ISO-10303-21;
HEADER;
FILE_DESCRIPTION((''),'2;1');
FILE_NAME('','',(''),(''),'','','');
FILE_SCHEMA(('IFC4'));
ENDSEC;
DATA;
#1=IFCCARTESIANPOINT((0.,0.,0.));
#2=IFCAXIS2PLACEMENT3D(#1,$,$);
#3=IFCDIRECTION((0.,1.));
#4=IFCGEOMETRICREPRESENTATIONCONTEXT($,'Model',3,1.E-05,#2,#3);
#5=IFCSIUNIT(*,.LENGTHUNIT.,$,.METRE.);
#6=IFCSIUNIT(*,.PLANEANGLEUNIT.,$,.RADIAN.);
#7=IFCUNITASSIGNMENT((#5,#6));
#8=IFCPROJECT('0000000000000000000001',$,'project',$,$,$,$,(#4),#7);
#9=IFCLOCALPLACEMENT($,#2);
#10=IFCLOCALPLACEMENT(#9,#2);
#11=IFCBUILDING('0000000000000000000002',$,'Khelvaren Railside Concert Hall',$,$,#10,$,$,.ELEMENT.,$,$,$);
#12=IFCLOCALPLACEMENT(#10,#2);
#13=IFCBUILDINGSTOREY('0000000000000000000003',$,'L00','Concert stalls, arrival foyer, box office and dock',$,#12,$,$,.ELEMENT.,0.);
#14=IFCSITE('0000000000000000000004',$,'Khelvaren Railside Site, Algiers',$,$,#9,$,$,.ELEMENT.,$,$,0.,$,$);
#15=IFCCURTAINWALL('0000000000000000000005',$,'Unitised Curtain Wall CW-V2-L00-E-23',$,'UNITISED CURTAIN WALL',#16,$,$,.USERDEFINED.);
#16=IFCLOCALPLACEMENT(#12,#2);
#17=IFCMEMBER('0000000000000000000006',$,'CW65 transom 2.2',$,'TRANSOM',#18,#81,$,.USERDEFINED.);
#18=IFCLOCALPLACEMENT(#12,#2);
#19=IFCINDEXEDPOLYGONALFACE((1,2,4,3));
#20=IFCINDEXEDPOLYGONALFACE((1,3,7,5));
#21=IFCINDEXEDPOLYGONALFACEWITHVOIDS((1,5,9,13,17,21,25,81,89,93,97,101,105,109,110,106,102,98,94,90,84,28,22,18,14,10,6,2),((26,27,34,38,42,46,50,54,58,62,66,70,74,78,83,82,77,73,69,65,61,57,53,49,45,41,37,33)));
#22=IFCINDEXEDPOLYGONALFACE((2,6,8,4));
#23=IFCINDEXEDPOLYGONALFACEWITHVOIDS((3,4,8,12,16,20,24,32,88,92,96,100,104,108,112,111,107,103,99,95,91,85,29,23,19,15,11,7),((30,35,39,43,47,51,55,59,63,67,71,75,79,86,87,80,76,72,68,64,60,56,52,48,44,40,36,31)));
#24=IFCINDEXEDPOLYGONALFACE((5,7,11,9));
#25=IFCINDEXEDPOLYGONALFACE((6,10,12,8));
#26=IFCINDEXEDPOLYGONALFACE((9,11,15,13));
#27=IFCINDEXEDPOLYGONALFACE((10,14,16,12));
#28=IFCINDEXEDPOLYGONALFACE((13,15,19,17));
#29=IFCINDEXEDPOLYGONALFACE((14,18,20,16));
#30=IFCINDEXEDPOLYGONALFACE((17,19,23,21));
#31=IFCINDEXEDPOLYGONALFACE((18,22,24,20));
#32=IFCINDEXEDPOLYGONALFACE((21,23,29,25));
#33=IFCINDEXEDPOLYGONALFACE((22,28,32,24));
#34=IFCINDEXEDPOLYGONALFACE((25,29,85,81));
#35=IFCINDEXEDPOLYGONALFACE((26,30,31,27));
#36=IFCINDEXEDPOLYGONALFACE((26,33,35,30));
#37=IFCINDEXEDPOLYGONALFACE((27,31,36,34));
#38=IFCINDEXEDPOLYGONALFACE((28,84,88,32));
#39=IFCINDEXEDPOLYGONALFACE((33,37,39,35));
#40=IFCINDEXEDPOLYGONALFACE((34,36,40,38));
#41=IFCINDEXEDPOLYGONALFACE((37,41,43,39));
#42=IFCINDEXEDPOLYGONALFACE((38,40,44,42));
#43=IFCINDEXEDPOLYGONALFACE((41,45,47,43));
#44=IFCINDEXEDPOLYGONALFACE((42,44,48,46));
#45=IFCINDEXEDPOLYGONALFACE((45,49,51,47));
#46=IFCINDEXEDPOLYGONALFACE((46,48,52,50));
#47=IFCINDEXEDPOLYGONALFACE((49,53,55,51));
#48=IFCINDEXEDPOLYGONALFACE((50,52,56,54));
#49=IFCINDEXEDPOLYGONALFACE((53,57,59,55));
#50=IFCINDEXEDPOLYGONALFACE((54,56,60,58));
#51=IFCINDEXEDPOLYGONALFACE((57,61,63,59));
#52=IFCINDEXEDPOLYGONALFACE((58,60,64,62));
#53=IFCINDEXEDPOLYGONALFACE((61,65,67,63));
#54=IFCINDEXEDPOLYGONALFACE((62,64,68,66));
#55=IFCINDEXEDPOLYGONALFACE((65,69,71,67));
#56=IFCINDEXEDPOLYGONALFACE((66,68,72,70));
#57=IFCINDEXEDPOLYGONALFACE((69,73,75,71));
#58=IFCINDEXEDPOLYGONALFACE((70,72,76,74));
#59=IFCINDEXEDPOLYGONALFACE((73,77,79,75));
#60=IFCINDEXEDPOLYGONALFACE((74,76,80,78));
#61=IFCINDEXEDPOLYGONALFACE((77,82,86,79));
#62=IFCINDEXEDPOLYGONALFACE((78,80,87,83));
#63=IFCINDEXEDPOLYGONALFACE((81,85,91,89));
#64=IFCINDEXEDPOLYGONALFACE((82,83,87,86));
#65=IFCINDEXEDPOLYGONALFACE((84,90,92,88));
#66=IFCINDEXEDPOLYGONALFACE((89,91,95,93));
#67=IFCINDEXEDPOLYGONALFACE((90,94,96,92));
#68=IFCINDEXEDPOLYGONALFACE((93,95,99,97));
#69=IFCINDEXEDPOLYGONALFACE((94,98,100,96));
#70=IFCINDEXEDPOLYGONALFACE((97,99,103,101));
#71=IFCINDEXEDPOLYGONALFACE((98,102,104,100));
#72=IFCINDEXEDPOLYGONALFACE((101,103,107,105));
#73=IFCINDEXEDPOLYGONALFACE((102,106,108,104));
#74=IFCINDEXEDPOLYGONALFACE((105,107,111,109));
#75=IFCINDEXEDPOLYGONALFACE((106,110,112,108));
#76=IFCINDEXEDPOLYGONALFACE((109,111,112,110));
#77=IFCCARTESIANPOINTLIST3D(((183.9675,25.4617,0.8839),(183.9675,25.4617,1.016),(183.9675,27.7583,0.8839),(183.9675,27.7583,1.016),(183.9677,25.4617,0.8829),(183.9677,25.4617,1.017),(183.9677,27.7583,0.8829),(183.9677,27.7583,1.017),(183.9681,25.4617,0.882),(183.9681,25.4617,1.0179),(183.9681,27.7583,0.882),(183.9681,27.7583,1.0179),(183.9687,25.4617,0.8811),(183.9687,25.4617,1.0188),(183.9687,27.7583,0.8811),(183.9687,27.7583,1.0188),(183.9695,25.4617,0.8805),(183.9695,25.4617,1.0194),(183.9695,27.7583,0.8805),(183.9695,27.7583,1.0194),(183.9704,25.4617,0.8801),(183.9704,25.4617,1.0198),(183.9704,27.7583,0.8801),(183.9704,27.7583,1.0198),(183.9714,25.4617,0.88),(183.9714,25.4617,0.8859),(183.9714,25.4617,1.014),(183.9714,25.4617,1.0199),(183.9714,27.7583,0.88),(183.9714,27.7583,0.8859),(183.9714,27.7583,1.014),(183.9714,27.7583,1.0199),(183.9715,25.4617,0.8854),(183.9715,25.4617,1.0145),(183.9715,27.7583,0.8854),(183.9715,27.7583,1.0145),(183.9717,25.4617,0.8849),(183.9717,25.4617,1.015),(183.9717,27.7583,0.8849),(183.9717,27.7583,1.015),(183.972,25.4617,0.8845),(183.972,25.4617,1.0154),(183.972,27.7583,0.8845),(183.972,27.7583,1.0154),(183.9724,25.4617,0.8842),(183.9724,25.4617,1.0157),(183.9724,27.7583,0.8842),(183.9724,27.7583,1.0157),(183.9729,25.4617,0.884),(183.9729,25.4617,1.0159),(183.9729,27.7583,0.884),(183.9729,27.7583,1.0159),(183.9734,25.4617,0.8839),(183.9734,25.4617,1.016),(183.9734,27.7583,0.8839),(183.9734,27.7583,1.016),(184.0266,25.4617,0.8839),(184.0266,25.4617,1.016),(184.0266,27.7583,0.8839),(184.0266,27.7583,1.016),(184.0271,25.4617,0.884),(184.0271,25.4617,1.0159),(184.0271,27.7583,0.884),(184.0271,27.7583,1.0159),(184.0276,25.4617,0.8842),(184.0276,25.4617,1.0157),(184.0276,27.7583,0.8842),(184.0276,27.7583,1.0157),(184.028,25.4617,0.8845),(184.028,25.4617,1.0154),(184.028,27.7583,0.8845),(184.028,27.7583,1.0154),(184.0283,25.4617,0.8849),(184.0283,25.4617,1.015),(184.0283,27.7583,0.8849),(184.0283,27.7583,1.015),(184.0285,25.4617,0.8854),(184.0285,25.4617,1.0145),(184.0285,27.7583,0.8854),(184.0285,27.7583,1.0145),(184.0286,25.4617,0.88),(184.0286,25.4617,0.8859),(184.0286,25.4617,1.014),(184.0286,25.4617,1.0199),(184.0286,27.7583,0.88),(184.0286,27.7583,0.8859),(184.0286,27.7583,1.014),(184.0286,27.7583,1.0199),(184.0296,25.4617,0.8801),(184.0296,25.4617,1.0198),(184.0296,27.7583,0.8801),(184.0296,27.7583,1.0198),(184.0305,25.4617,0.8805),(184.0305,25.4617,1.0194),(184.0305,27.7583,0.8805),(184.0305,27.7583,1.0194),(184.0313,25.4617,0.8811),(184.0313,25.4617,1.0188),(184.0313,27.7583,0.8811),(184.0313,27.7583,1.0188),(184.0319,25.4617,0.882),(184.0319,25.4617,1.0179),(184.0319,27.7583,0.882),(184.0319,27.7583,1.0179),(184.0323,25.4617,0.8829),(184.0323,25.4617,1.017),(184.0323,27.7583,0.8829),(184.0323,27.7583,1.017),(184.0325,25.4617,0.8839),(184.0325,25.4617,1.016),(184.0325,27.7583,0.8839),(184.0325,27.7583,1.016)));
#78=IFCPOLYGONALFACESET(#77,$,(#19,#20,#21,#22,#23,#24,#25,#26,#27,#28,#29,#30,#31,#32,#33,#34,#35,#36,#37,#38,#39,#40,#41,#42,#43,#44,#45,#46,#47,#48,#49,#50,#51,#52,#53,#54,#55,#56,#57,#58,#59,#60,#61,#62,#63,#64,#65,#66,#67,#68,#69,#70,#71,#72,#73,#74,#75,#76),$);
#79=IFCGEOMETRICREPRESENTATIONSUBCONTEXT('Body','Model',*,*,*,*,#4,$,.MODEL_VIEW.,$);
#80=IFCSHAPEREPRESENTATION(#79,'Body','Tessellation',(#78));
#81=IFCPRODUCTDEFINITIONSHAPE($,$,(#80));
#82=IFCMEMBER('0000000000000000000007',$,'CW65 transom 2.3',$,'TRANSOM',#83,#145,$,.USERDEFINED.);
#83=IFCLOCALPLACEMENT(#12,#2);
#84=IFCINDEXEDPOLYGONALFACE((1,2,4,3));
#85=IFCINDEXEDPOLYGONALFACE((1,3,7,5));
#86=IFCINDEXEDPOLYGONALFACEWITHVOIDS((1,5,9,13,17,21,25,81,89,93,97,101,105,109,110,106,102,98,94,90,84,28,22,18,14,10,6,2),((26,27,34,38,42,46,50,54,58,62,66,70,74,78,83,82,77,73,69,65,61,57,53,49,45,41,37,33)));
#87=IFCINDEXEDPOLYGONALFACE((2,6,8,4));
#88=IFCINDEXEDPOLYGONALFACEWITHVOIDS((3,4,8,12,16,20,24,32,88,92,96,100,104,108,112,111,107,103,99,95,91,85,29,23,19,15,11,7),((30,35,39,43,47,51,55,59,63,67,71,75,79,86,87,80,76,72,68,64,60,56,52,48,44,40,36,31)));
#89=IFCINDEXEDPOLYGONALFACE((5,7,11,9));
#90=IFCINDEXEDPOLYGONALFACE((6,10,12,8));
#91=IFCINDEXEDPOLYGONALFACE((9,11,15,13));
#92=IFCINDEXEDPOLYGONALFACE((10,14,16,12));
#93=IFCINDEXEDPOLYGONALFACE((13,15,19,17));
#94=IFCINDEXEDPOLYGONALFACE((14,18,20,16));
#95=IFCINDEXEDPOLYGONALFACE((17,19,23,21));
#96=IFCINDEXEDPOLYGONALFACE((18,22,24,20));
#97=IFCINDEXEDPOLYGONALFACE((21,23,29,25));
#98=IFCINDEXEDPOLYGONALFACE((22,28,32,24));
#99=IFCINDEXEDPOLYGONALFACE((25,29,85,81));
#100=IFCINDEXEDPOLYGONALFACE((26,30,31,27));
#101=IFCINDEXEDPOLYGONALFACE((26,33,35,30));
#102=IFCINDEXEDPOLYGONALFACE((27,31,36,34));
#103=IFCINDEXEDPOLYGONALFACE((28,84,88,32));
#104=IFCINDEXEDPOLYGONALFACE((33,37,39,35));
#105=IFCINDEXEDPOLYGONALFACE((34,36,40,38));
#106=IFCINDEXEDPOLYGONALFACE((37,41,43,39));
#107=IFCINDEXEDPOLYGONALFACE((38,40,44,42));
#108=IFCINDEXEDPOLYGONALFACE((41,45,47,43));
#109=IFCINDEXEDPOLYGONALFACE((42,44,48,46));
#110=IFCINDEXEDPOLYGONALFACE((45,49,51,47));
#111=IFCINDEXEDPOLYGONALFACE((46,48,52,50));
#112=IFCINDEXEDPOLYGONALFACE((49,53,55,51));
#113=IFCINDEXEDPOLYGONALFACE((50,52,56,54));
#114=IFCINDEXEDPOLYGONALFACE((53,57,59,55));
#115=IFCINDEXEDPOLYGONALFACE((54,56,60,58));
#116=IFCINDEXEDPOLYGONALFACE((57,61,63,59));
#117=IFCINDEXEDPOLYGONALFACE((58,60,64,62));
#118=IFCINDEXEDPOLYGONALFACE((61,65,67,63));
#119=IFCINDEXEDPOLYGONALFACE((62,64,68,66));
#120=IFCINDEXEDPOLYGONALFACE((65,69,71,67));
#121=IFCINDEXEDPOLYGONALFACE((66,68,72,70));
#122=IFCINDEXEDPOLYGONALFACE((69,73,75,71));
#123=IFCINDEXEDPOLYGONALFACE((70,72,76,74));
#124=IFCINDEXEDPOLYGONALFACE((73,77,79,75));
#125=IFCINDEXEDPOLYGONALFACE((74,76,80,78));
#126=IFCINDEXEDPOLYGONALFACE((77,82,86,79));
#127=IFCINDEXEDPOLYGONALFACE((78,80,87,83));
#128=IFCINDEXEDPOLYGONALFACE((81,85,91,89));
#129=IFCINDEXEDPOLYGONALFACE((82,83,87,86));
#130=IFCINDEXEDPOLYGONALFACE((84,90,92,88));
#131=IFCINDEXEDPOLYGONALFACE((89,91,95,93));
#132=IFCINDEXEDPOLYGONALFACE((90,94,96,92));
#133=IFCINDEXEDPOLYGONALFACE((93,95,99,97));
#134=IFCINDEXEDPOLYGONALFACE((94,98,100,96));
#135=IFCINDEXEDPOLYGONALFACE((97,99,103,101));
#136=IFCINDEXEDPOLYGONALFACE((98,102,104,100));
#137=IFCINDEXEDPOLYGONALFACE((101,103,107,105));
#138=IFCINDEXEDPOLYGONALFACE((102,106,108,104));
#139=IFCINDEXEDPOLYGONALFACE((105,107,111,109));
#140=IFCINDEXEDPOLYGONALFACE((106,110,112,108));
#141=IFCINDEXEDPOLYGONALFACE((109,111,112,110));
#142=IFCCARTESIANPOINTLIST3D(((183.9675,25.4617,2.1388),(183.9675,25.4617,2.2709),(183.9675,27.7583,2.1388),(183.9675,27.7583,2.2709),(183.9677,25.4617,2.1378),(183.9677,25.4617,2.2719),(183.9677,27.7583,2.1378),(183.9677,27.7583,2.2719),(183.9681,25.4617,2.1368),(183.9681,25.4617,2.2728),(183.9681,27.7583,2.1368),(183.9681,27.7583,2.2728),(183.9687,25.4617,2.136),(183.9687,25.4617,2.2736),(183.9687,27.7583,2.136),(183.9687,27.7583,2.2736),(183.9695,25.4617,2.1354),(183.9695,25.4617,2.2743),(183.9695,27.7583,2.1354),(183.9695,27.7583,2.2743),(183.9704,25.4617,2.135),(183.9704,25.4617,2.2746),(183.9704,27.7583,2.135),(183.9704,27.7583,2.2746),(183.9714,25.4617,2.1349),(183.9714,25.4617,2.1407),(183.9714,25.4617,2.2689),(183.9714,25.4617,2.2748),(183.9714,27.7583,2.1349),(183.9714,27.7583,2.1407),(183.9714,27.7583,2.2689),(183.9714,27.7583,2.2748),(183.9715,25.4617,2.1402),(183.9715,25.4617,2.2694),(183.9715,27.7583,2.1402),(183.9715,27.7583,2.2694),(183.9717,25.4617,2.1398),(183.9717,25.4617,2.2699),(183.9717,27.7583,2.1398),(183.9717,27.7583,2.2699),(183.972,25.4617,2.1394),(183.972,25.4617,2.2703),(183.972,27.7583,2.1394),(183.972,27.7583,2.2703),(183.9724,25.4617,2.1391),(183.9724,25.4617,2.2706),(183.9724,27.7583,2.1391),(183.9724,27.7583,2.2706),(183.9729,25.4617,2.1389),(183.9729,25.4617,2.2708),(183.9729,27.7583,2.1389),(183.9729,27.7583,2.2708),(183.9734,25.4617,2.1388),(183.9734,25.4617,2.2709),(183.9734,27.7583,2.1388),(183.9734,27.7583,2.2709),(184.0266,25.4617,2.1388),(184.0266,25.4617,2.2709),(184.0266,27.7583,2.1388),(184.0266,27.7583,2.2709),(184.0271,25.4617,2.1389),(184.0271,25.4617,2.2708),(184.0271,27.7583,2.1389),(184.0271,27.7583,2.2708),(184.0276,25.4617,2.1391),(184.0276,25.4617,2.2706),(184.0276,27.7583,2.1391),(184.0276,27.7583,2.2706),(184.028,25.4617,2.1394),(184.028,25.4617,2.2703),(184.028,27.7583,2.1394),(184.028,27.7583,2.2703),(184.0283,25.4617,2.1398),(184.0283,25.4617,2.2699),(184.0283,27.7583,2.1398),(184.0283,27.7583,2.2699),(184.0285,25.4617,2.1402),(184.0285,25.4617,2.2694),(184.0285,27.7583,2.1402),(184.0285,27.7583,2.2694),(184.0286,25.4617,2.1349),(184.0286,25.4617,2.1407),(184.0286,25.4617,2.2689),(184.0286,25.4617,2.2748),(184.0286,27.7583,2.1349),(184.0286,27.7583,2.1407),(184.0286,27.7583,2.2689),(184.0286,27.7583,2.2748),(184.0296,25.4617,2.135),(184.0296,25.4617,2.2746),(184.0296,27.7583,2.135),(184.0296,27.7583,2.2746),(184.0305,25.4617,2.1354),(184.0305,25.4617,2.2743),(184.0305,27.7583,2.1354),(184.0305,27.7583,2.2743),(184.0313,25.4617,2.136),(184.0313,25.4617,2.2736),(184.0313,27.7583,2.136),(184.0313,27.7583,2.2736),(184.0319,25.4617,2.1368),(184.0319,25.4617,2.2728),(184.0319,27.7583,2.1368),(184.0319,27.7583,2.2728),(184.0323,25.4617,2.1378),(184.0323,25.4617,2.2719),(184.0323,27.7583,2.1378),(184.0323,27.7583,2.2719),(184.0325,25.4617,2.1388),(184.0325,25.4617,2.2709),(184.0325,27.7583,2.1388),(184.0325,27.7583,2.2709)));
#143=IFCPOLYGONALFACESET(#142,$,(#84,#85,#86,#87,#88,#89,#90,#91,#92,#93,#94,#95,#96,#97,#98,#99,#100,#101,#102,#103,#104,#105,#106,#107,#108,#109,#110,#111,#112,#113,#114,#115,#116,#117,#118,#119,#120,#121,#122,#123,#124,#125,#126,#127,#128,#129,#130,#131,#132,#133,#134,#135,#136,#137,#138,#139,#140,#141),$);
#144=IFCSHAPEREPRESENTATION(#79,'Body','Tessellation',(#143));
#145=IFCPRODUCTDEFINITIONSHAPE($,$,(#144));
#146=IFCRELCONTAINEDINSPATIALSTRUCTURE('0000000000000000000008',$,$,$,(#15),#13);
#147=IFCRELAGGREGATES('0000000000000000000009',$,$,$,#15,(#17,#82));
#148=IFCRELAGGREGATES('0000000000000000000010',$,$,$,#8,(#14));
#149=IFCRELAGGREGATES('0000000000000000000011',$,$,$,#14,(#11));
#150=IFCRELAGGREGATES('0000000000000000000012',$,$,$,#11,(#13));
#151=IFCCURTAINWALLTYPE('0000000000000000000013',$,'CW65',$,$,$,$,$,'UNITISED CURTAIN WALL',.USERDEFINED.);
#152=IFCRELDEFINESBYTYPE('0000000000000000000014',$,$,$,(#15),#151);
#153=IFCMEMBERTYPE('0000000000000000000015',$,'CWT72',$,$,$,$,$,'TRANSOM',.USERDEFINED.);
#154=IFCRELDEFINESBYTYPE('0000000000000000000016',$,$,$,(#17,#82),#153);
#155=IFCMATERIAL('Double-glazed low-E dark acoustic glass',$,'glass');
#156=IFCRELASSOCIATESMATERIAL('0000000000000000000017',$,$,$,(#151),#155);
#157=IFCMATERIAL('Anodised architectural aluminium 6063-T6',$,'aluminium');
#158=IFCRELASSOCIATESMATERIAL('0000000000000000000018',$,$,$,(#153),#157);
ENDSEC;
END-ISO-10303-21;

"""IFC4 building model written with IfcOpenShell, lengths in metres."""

from ifc_helpers import new_model, si_unit, direction, frame, origin, origin_2d, place, context, subcontext, project, spatial, hollow_rectangle, extrude, material, material_profile, profile_set, type_object, element, aggregate, save


model = new_model("IFC4")

# Units and contexts
model_context = context("Model", 3, precision=1e-05, world=origin(), true_north=direction((0.0, 1.0)))
body_context = subcontext(model_context, "Body", "Model", "MODEL_VIEW")
ifc_project = project(units=[si_unit("LENGTHUNIT", "METRE"), si_unit("PLANEANGLEUNIT", "RADIAN")], contexts=[model_context])

# Site, building, storey
site_placement = place(None, origin())
site = spatial("IfcSite", under=ifc_project, at=site_placement, Name="Khelvaren Railside Site, Algiers", CompositionType="ELEMENT", RefElevation=0.0)
building_placement = place(site_placement, origin())
building = spatial("IfcBuilding", under=site, at=building_placement, Name="Khelvaren Railside Concert Hall", CompositionType="ELEMENT")
storey_placement = place(building_placement, origin())
storey = spatial("IfcBuildingStorey", under=building, at=storey_placement, Name="L00", Description="Concert stalls, arrival foyer, box office and dock", CompositionType="ELEMENT", Elevation=0.0)

# Curtain wall, members
ifc_material_1 = material(Name="Double-glazed low-E dark acoustic glass", Category="glass")
curtain_wall_type = type_object("IfcCurtainWallType", Name="CW65", ElementType="UNITISED CURTAIN WALL", PredefinedType="USERDEFINED", material=ifc_material_1)
curtain_wall_placement = place(storey_placement, origin())
curtain_wall = element("IfcCurtainWall", 1, at=curtain_wall_placement, inside=storey, type_object=curtain_wall_type, Name="Unitised Curtain Wall CW-V2-L00-E-23", ObjectType="UNITISED CURTAIN WALL", PredefinedType="USERDEFINED")
ifc_material_2 = material(Name="Anodised architectural aluminium 6063-T6", Category="aluminium")
ifc_material_profile_1 = material_profile(ifc_material_2, hollow_rectangle(XDim=0.0649, YDim=0.1399, WallThickness=0.0039, InnerFilletRadius=0.002, OuterFilletRadius=0.0039, at=origin_2d()), Name="CWT 65x140x4")
ifc_profile_set_1 = profile_set([ifc_material_profile_1], Name="Anodised architectural aluminium 6063-T6")
member_type = type_object("IfcMemberType", Name="CWT72", ElementType="TRANSOM", PredefinedType="USERDEFINED", material=ifc_profile_set_1)
member_1_placement = place(storey_placement, frame((184.0, 27.7583, 0.95), z_axis=(0.0, -1.0, 0.0), x_axis=(1.0, 0.0, 0.0)))
member_1 = element("IfcMember", 2, at=member_1_placement, type_object=member_type, Name="CW65 transom 2.2", ObjectType="TRANSOM", PredefinedType="USERDEFINED", context=body_context, shape_type="SweptSolid", body=[
    extrude(hollow_rectangle(XDim=0.0649, YDim=0.1399, WallThickness=0.0039, InnerFilletRadius=0.002, OuterFilletRadius=0.0039, at=origin_2d()), origin(), (0.0, 0.0, 1.0), 2.2966),
])
member_2_placement = place(storey_placement, frame((184.0, 27.7583, 2.2048), z_axis=(0.0, -1.0, 0.0), x_axis=(1.0, 0.0, 0.0)))
member_2 = element("IfcMember", 3, at=member_2_placement, type_object=member_type, Name="CW65 transom 2.3", ObjectType="TRANSOM", PredefinedType="USERDEFINED", context=body_context, shape_type="SweptSolid", body=[
    extrude(hollow_rectangle(XDim=0.0649, YDim=0.1399, WallThickness=0.0039, InnerFilletRadius=0.002, OuterFilletRadius=0.0039, at=origin_2d()), origin(), (0.0, 0.0, 1.0), 2.2966),
])

aggregate(curtain_wall, [member_1, member_2])

save(model, "model.ifc")
